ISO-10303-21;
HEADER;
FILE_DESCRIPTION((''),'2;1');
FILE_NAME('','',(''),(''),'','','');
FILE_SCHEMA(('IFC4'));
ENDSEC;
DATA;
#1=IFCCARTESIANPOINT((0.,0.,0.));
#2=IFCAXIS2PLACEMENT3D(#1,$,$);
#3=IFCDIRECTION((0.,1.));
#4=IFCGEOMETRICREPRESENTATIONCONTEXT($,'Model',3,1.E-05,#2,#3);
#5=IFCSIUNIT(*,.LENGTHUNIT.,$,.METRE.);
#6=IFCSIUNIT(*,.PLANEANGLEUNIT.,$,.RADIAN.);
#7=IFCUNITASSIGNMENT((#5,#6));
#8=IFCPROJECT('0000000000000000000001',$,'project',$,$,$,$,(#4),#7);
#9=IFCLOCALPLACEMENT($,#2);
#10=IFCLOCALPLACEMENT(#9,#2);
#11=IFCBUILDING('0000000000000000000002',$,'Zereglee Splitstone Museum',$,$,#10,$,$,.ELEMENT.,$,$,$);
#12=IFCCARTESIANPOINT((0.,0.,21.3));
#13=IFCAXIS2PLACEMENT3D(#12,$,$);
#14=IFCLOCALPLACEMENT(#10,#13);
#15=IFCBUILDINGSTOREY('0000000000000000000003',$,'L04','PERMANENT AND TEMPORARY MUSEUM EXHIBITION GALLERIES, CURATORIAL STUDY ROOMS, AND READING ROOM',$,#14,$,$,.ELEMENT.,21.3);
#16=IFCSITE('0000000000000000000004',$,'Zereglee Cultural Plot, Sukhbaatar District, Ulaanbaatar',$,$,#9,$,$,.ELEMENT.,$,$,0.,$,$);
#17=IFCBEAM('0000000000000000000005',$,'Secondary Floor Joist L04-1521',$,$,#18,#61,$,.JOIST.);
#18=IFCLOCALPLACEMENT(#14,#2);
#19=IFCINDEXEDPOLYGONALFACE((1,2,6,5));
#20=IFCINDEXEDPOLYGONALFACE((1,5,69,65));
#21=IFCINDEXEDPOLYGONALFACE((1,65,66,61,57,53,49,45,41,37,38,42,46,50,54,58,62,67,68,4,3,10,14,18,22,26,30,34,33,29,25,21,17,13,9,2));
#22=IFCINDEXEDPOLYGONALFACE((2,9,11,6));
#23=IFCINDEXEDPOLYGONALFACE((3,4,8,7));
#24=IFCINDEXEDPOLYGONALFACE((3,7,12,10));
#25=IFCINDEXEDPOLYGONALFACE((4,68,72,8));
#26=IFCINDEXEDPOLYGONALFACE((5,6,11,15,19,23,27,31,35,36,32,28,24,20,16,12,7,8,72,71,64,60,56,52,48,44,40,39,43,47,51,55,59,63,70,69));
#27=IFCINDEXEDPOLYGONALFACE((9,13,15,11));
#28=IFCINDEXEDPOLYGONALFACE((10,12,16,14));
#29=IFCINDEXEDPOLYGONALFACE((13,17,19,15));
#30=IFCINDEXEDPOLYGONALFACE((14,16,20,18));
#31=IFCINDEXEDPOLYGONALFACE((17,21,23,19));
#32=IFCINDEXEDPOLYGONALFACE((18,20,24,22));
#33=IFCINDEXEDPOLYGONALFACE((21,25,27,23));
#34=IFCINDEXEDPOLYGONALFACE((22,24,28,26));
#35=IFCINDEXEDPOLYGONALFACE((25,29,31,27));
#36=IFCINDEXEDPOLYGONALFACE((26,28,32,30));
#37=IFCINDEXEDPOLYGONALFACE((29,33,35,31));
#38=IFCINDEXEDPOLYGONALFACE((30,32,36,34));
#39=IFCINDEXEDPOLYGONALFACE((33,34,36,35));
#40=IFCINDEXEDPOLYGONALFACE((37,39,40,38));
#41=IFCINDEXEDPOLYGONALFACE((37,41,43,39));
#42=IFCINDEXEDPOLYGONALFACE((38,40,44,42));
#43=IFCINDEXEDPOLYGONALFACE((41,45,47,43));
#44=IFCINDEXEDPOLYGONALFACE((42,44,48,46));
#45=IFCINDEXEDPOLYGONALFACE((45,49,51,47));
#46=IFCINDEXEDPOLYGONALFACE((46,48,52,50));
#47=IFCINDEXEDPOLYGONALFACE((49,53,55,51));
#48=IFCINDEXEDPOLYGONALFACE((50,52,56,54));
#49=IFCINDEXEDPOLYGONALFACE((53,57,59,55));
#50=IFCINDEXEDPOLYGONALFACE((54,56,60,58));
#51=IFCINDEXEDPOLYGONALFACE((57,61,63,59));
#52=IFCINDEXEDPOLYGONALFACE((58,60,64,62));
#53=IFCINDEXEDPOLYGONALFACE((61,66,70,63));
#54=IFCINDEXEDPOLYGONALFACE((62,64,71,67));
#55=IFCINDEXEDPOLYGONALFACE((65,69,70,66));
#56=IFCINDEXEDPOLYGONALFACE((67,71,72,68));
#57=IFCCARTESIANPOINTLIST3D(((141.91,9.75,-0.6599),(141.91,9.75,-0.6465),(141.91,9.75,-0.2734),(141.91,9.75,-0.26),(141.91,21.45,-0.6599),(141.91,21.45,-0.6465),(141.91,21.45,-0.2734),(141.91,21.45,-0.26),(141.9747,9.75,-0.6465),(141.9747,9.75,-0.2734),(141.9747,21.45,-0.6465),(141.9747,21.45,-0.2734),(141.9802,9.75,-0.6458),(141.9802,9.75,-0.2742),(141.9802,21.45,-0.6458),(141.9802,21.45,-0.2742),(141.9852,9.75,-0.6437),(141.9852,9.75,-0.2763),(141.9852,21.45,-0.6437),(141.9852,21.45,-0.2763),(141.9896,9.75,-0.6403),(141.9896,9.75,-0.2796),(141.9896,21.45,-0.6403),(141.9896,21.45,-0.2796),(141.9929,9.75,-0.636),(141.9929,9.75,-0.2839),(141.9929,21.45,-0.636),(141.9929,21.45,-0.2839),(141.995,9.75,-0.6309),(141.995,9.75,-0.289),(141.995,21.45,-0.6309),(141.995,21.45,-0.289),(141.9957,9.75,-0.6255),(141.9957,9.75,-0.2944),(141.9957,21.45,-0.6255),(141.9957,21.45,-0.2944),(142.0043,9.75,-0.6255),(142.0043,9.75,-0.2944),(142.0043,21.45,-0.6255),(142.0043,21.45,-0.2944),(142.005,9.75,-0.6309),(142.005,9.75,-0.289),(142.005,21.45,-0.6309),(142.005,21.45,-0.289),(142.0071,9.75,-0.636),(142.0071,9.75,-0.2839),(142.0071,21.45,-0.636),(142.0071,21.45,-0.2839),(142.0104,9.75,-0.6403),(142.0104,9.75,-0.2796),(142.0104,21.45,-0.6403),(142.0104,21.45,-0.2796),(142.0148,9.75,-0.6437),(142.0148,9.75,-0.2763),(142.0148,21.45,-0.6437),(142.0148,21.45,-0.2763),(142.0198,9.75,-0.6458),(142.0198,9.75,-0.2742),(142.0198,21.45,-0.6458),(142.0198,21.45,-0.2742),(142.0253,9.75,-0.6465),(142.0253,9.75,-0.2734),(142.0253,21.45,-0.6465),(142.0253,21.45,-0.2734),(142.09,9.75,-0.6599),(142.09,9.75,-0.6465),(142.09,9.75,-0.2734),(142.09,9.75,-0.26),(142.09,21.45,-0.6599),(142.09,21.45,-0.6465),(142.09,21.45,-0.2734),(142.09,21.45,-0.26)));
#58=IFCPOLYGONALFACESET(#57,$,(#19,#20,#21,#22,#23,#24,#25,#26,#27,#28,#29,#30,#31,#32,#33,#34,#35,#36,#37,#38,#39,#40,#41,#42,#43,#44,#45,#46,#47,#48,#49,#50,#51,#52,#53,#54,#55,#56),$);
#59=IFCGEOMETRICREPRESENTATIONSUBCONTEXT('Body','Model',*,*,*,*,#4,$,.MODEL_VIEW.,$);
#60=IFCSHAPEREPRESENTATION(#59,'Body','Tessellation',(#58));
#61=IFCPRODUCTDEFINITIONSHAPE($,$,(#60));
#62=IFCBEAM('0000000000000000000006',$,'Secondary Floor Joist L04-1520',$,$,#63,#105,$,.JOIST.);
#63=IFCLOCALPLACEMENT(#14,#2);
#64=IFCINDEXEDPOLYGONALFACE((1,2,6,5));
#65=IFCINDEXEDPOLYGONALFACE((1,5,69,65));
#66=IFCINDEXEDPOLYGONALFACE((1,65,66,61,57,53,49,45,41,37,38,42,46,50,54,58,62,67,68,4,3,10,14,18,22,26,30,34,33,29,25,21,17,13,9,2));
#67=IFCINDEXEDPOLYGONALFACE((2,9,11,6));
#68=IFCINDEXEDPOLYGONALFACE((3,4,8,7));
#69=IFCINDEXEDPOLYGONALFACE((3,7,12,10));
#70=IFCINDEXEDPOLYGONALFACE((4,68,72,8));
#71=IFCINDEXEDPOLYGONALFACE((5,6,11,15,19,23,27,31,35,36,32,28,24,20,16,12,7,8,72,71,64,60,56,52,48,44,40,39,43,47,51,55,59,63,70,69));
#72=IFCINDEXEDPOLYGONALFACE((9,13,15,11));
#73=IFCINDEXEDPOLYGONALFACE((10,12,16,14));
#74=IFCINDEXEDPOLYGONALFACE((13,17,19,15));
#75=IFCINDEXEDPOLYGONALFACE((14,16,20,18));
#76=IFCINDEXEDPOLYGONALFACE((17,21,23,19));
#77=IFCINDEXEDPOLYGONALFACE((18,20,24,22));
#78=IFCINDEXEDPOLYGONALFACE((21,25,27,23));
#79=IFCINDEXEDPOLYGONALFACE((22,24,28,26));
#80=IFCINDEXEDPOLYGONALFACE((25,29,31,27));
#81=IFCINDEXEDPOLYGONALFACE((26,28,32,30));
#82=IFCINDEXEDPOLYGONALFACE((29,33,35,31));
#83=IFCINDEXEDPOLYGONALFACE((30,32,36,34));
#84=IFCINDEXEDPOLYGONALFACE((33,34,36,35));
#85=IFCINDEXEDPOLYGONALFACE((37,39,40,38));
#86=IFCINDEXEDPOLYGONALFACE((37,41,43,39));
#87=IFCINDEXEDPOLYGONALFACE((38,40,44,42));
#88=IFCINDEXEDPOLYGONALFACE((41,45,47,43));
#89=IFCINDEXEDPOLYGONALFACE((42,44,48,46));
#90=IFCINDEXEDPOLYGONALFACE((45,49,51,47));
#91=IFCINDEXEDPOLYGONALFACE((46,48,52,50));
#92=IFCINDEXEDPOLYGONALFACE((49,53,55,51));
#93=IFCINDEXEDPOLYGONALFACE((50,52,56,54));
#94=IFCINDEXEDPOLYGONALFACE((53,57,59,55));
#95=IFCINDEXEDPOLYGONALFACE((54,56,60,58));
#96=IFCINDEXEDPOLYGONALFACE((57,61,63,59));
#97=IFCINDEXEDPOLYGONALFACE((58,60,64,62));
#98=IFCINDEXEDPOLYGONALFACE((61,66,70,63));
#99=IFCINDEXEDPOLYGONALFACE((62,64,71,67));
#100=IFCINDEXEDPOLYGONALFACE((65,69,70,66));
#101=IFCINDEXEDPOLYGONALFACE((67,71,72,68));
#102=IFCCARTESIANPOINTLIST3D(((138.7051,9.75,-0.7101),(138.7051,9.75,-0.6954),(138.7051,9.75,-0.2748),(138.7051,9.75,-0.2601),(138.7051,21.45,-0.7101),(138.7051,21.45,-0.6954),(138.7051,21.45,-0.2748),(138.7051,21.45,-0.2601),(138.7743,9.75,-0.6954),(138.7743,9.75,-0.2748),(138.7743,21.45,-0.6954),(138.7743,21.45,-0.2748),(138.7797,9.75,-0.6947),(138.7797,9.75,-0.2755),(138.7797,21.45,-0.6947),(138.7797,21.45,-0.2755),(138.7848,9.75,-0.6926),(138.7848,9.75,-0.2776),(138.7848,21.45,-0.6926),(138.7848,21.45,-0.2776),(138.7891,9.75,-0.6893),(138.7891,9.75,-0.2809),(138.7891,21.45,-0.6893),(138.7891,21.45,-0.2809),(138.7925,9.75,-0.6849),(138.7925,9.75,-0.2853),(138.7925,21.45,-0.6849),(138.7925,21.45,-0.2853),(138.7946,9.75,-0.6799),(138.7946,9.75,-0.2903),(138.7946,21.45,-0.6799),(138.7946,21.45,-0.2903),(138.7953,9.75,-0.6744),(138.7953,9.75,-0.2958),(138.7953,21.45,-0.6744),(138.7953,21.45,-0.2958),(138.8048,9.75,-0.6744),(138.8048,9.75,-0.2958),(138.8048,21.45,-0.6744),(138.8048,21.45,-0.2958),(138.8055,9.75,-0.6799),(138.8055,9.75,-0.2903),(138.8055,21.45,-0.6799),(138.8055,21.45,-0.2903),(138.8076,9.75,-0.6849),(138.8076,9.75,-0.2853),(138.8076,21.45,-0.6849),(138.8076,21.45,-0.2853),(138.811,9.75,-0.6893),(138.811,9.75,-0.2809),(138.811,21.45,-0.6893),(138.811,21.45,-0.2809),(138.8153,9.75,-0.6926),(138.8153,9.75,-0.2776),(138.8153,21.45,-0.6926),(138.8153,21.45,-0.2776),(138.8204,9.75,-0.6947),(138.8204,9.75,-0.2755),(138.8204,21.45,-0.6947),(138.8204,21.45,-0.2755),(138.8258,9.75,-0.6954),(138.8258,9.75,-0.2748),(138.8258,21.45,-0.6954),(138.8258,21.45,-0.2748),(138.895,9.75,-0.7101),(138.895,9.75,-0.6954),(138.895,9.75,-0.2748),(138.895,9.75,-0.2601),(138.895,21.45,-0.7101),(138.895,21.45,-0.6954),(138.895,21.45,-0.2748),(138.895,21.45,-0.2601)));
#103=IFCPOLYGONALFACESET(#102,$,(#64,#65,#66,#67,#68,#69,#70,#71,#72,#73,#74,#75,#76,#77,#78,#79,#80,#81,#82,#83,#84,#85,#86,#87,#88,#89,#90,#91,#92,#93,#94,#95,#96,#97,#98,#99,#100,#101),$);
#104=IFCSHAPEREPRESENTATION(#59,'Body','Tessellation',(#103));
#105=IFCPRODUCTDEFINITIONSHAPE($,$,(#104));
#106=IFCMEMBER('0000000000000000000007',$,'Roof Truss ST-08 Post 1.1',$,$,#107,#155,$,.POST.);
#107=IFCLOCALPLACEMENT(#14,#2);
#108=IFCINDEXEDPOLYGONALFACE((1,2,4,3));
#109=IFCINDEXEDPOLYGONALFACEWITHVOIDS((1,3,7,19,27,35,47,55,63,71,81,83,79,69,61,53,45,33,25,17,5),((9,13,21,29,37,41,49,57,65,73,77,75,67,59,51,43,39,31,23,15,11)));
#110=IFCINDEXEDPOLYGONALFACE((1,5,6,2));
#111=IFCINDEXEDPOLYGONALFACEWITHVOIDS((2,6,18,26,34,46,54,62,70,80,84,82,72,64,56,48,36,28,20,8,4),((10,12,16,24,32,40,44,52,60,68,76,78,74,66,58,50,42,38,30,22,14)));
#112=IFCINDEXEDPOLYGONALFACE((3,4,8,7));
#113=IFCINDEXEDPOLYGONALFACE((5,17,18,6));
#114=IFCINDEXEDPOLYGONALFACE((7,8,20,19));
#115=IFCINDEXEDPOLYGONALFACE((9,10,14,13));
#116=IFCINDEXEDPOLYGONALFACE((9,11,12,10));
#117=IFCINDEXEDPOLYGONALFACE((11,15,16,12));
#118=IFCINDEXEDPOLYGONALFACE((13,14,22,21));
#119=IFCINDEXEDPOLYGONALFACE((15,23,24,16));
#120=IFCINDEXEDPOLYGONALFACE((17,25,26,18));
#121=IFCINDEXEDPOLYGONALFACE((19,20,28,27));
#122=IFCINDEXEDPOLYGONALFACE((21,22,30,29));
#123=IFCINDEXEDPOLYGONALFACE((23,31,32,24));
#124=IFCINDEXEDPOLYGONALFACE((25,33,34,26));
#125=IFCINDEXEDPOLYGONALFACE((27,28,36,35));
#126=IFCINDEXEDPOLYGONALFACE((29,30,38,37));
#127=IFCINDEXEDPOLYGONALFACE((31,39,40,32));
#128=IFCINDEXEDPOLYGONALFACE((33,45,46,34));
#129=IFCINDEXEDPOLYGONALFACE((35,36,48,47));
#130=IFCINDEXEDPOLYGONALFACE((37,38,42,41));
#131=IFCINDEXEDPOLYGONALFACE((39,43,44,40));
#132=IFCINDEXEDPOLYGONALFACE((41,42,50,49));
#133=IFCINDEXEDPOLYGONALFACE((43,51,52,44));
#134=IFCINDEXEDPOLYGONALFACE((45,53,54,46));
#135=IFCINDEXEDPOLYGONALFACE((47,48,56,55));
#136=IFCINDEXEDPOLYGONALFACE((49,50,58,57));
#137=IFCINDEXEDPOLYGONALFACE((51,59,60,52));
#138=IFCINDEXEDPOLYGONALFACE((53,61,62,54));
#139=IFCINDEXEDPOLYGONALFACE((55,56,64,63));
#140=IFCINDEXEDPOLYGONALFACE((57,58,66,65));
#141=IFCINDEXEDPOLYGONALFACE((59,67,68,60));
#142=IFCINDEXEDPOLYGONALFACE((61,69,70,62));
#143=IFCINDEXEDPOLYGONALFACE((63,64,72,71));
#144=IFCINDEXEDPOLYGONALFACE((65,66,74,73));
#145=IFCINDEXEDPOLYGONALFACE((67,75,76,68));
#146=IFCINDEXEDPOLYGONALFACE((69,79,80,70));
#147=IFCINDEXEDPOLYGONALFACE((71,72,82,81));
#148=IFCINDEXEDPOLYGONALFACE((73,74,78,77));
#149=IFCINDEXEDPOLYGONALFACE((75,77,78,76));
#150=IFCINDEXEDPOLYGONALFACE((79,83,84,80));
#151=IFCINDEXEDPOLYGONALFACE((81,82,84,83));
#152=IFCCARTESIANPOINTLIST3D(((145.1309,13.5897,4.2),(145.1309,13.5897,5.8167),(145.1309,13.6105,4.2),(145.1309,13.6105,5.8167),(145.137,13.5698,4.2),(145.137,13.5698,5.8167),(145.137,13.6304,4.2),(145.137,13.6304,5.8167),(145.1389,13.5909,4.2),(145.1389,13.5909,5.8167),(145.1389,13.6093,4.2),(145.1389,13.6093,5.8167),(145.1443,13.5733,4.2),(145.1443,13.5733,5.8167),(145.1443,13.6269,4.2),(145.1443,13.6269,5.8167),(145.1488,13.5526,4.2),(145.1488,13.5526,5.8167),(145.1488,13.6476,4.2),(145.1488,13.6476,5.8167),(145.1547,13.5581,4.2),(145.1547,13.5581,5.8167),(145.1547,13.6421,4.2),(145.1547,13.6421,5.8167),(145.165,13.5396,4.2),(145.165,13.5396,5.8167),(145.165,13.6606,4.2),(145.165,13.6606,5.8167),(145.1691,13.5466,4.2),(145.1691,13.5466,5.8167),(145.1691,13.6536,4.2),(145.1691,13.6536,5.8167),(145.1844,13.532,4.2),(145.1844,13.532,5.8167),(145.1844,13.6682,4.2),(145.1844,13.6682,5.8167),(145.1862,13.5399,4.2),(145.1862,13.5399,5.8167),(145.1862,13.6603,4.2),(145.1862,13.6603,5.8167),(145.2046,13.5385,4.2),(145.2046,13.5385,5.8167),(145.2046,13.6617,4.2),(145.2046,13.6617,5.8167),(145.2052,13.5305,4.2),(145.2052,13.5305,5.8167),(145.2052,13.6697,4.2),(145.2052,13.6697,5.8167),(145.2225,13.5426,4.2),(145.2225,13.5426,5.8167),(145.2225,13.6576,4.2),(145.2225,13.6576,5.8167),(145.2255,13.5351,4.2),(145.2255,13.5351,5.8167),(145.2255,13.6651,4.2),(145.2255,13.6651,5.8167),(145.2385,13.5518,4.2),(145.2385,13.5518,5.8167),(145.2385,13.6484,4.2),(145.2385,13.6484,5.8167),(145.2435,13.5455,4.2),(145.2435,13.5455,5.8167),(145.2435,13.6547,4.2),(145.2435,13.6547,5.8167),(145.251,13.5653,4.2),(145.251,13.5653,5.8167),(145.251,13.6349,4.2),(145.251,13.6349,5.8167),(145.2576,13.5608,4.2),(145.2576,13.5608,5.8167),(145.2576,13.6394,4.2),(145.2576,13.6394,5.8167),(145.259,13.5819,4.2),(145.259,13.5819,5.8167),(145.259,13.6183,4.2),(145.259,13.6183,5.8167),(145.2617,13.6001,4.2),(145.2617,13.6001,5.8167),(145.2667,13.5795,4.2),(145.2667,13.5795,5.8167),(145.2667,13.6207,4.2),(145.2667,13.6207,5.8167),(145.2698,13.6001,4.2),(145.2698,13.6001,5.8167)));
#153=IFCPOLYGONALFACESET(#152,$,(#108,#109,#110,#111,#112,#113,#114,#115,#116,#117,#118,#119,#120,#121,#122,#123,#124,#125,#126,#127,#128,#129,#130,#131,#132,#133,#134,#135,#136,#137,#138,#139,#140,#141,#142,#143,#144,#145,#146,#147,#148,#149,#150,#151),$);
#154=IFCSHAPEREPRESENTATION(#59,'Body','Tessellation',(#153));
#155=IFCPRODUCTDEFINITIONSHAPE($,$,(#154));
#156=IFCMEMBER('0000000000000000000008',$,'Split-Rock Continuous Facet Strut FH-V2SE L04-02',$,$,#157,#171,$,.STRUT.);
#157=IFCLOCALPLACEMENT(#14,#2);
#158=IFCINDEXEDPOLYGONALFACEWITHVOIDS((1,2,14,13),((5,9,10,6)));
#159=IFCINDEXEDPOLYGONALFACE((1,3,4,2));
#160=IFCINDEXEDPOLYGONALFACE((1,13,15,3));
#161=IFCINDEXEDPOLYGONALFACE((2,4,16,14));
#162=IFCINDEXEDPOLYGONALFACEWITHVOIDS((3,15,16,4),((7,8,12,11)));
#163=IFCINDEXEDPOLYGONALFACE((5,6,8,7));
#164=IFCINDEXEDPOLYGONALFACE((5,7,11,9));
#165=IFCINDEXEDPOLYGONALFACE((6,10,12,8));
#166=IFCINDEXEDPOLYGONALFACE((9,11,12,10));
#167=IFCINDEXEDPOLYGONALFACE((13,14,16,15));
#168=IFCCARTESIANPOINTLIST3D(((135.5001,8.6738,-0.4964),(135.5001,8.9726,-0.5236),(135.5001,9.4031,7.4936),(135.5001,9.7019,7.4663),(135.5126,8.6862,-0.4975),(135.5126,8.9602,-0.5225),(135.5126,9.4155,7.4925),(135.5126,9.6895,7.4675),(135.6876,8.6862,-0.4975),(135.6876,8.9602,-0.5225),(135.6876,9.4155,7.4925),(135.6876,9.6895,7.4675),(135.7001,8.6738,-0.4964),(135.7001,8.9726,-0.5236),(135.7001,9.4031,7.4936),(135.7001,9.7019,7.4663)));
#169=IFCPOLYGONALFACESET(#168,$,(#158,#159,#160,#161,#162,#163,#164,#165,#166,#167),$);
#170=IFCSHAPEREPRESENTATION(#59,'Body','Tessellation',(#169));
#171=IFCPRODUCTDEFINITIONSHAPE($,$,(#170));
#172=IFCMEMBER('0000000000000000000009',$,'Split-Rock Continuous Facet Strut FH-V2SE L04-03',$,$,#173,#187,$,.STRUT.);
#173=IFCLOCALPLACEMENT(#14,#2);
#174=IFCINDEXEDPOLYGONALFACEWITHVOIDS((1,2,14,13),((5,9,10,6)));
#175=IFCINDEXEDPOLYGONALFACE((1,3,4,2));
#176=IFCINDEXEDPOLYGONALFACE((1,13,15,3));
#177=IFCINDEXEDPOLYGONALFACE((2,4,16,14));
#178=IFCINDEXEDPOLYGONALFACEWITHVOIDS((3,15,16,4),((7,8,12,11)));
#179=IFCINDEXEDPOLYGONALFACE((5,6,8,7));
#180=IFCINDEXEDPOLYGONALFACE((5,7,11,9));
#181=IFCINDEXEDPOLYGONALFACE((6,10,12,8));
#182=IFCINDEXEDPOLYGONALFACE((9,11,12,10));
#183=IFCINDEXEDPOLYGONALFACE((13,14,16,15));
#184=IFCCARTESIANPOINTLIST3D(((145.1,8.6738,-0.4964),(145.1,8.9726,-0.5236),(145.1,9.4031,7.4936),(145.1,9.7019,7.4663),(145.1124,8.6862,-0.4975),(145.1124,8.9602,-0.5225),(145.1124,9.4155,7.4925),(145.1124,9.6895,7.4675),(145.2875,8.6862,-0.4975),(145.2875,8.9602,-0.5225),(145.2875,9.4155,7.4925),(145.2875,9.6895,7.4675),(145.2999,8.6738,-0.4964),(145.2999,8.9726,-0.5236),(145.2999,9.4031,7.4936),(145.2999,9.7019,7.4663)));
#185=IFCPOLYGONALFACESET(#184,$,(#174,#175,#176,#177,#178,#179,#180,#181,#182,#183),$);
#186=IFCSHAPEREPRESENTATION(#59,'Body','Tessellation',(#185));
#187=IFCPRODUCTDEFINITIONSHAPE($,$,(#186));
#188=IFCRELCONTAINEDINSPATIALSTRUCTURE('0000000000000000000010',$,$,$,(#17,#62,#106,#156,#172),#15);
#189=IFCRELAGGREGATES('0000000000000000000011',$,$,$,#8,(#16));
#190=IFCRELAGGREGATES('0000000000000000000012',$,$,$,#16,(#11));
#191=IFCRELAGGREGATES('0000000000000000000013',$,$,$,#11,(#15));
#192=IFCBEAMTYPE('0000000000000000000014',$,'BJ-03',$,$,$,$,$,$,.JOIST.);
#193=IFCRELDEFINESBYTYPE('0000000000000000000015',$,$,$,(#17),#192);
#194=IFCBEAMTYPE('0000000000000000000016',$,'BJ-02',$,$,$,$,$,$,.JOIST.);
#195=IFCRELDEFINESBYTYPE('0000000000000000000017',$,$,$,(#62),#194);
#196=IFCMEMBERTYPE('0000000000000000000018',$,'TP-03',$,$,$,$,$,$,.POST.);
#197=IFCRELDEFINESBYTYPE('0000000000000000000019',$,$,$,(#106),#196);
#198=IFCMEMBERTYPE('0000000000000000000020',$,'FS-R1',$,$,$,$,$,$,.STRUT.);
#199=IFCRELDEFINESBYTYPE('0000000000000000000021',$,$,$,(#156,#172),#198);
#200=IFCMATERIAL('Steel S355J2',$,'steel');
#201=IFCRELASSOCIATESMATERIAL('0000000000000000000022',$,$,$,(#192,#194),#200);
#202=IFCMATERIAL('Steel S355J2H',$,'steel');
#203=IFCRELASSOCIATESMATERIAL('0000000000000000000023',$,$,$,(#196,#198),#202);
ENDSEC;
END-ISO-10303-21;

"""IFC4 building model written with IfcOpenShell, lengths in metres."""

from ifc_helpers import new_model, si_unit, direction, frame, origin, origin_2d, place, context, subcontext, project, spatial, hollow_rectangle, hollow_circle, i_section, extrude, material, material_profile, profile_set, type_object, element, save


model = new_model("IFC4")

# Units and contexts
model_context = context("Model", 3, precision=1e-05, world=origin(), true_north=direction((0.0, 1.0)))
body_context = subcontext(model_context, "Body", "Model", "MODEL_VIEW")
ifc_project = project(units=[si_unit("LENGTHUNIT", "METRE"), si_unit("PLANEANGLEUNIT", "RADIAN")], contexts=[model_context])

# Site, building, storey
site_placement = place(None, origin())
site = spatial("IfcSite", under=ifc_project, at=site_placement, Name="Zereglee Cultural Plot, Sukhbaatar District, Ulaanbaatar", CompositionType="ELEMENT", RefElevation=0.0)
building_placement = place(site_placement, origin())
building = spatial("IfcBuilding", under=site, at=building_placement, Name="Zereglee Splitstone Museum", CompositionType="ELEMENT")
storey_placement = place(building_placement, frame((0.0, 0.0, 21.3)))
storey = spatial("IfcBuildingStorey", under=building, at=storey_placement, Name="L04", Description="PERMANENT AND TEMPORARY MUSEUM EXHIBITION GALLERIES, CURATORIAL STUDY ROOMS, AND READING ROOM", CompositionType="ELEMENT", Elevation=21.3)

# Shared definitions
ifc_material_1 = material(Name="Steel S355J2", Category="steel")

# Shared definitions
ifc_material_2 = material(Name="Steel S355J2H", Category="steel")

# Beams
ifc_material_profile_1 = material_profile(ifc_material_1, i_section(OverallWidth=0.1799, OverallDepth=0.3999, WebThickness=0.0085, FlangeThickness=0.0134, FilletRadius=0.021, at=origin_2d()), Name="IPE 400")
ifc_profile_set_1 = profile_set([ifc_material_profile_1], Name="Steel S355J2")
beam_type_1 = type_object("IfcBeamType", Name="BJ-03", PredefinedType="JOIST", material=ifc_profile_set_1)
beam_1_placement = place(storey_placement, frame((142.0, 9.75, -0.46), z_axis=(0.0, 1.0, 0.0), x_axis=(-1.0, 0.0, 0.0)))
element("IfcBeam", 1, at=beam_1_placement, inside=storey, type_object=beam_type_1, Name="Secondary Floor Joist L04-1521", PredefinedType="JOIST", context=body_context, shape_type="SweptSolid", body=[
    extrude(i_section(OverallWidth=0.1799, OverallDepth=0.3999, WebThickness=0.0085, FlangeThickness=0.0134, FilletRadius=0.021, at=origin_2d()), origin(), (0.0, 0.0, 1.0), 11.7),
])
ifc_material_profile_2 = material_profile(ifc_material_1, i_section(OverallWidth=0.1899, OverallDepth=0.45, WebThickness=0.0095, FlangeThickness=0.0146, FilletRadius=0.021, at=origin_2d()), Name="IPE 450")
ifc_profile_set_2 = profile_set([ifc_material_profile_2], Name="Steel S355J2")
beam_type_2 = type_object("IfcBeamType", Name="BJ-02", PredefinedType="JOIST", material=ifc_profile_set_2)
beam_2_placement = place(storey_placement, frame((138.8, 9.75, -0.4851), z_axis=(0.0, 1.0, 0.0), x_axis=(-1.0, 0.0, 0.0)))
element("IfcBeam", 2, at=beam_2_placement, inside=storey, type_object=beam_type_2, Name="Secondary Floor Joist L04-1520", PredefinedType="JOIST", context=body_context, shape_type="SweptSolid", body=[
    extrude(i_section(OverallWidth=0.1899, OverallDepth=0.45, WebThickness=0.0095, FlangeThickness=0.0146, FilletRadius=0.021, at=origin_2d()), origin(), (0.0, 0.0, 1.0), 11.7),
])

# Members
ifc_material_profile_3 = material_profile(ifc_material_2, hollow_circle(Radius=0.0698, WallThickness=0.0081, at=origin_2d()), Name="CHS 139.7x8")
ifc_profile_set_3 = profile_set([ifc_material_profile_3], Name="Steel S355J2H")
member_type_1 = type_object("IfcMemberType", Name="TP-03", PredefinedType="POST", material=ifc_profile_set_3)
member_1_placement = place(storey_placement, frame((145.2, 13.6001, 4.2), z_axis=(0.0, 0.0, 1.0), x_axis=(1.0, 0.0, 0.0)))
element("IfcMember", 3, at=member_1_placement, inside=storey, type_object=member_type_1, Name="Roof Truss ST-08 Post 1.1", PredefinedType="POST", context=body_context, shape_type="SweptSolid", body=[
    extrude(hollow_circle(Radius=0.0698, WallThickness=0.0081, at=origin_2d()), origin(), (0.0, 0.0, 1.0), 1.6167),
])
ifc_material_profile_4 = material_profile(ifc_material_2, hollow_rectangle(XDim=0.2, YDim=0.3, WallThickness=0.0125, at=origin_2d()), Name="RHS 300x200x12.5")
ifc_profile_set_4 = profile_set([ifc_material_profile_4], Name="Steel S355J2H")
member_type_2 = type_object("IfcMemberType", Name="FS-R1", PredefinedType="STRUT", material=ifc_profile_set_4)
for number, where, z_axis, x_axis, name in (
    (4, (135.6001, 8.8232, -0.51), (0.0, 0.090892, 0.995861), (-1.0, 0.0, 0.0), "Split-Rock Continuous Facet Strut FH-V2SE L04-02"),
    (5, (145.2, 8.8232, -0.51), (0.0, 0.090892, 0.995861), (-1.0, 0.0, 0.0), "Split-Rock Continuous Facet Strut FH-V2SE L04-03"),
):
    element("IfcMember", number, at=place(storey_placement, frame(where, z_axis=z_axis, x_axis=x_axis)), inside=storey, type_object=member_type_2, Name=name, PredefinedType="STRUT", context=body_context, shape_type="SweptSolid", body=[
        extrude(hollow_rectangle(XDim=0.2, YDim=0.3, WallThickness=0.0125, at=origin_2d()), origin(), (0.0, 0.0, 1.0), 8.0232),
    ])

save(model, "model.ifc")
